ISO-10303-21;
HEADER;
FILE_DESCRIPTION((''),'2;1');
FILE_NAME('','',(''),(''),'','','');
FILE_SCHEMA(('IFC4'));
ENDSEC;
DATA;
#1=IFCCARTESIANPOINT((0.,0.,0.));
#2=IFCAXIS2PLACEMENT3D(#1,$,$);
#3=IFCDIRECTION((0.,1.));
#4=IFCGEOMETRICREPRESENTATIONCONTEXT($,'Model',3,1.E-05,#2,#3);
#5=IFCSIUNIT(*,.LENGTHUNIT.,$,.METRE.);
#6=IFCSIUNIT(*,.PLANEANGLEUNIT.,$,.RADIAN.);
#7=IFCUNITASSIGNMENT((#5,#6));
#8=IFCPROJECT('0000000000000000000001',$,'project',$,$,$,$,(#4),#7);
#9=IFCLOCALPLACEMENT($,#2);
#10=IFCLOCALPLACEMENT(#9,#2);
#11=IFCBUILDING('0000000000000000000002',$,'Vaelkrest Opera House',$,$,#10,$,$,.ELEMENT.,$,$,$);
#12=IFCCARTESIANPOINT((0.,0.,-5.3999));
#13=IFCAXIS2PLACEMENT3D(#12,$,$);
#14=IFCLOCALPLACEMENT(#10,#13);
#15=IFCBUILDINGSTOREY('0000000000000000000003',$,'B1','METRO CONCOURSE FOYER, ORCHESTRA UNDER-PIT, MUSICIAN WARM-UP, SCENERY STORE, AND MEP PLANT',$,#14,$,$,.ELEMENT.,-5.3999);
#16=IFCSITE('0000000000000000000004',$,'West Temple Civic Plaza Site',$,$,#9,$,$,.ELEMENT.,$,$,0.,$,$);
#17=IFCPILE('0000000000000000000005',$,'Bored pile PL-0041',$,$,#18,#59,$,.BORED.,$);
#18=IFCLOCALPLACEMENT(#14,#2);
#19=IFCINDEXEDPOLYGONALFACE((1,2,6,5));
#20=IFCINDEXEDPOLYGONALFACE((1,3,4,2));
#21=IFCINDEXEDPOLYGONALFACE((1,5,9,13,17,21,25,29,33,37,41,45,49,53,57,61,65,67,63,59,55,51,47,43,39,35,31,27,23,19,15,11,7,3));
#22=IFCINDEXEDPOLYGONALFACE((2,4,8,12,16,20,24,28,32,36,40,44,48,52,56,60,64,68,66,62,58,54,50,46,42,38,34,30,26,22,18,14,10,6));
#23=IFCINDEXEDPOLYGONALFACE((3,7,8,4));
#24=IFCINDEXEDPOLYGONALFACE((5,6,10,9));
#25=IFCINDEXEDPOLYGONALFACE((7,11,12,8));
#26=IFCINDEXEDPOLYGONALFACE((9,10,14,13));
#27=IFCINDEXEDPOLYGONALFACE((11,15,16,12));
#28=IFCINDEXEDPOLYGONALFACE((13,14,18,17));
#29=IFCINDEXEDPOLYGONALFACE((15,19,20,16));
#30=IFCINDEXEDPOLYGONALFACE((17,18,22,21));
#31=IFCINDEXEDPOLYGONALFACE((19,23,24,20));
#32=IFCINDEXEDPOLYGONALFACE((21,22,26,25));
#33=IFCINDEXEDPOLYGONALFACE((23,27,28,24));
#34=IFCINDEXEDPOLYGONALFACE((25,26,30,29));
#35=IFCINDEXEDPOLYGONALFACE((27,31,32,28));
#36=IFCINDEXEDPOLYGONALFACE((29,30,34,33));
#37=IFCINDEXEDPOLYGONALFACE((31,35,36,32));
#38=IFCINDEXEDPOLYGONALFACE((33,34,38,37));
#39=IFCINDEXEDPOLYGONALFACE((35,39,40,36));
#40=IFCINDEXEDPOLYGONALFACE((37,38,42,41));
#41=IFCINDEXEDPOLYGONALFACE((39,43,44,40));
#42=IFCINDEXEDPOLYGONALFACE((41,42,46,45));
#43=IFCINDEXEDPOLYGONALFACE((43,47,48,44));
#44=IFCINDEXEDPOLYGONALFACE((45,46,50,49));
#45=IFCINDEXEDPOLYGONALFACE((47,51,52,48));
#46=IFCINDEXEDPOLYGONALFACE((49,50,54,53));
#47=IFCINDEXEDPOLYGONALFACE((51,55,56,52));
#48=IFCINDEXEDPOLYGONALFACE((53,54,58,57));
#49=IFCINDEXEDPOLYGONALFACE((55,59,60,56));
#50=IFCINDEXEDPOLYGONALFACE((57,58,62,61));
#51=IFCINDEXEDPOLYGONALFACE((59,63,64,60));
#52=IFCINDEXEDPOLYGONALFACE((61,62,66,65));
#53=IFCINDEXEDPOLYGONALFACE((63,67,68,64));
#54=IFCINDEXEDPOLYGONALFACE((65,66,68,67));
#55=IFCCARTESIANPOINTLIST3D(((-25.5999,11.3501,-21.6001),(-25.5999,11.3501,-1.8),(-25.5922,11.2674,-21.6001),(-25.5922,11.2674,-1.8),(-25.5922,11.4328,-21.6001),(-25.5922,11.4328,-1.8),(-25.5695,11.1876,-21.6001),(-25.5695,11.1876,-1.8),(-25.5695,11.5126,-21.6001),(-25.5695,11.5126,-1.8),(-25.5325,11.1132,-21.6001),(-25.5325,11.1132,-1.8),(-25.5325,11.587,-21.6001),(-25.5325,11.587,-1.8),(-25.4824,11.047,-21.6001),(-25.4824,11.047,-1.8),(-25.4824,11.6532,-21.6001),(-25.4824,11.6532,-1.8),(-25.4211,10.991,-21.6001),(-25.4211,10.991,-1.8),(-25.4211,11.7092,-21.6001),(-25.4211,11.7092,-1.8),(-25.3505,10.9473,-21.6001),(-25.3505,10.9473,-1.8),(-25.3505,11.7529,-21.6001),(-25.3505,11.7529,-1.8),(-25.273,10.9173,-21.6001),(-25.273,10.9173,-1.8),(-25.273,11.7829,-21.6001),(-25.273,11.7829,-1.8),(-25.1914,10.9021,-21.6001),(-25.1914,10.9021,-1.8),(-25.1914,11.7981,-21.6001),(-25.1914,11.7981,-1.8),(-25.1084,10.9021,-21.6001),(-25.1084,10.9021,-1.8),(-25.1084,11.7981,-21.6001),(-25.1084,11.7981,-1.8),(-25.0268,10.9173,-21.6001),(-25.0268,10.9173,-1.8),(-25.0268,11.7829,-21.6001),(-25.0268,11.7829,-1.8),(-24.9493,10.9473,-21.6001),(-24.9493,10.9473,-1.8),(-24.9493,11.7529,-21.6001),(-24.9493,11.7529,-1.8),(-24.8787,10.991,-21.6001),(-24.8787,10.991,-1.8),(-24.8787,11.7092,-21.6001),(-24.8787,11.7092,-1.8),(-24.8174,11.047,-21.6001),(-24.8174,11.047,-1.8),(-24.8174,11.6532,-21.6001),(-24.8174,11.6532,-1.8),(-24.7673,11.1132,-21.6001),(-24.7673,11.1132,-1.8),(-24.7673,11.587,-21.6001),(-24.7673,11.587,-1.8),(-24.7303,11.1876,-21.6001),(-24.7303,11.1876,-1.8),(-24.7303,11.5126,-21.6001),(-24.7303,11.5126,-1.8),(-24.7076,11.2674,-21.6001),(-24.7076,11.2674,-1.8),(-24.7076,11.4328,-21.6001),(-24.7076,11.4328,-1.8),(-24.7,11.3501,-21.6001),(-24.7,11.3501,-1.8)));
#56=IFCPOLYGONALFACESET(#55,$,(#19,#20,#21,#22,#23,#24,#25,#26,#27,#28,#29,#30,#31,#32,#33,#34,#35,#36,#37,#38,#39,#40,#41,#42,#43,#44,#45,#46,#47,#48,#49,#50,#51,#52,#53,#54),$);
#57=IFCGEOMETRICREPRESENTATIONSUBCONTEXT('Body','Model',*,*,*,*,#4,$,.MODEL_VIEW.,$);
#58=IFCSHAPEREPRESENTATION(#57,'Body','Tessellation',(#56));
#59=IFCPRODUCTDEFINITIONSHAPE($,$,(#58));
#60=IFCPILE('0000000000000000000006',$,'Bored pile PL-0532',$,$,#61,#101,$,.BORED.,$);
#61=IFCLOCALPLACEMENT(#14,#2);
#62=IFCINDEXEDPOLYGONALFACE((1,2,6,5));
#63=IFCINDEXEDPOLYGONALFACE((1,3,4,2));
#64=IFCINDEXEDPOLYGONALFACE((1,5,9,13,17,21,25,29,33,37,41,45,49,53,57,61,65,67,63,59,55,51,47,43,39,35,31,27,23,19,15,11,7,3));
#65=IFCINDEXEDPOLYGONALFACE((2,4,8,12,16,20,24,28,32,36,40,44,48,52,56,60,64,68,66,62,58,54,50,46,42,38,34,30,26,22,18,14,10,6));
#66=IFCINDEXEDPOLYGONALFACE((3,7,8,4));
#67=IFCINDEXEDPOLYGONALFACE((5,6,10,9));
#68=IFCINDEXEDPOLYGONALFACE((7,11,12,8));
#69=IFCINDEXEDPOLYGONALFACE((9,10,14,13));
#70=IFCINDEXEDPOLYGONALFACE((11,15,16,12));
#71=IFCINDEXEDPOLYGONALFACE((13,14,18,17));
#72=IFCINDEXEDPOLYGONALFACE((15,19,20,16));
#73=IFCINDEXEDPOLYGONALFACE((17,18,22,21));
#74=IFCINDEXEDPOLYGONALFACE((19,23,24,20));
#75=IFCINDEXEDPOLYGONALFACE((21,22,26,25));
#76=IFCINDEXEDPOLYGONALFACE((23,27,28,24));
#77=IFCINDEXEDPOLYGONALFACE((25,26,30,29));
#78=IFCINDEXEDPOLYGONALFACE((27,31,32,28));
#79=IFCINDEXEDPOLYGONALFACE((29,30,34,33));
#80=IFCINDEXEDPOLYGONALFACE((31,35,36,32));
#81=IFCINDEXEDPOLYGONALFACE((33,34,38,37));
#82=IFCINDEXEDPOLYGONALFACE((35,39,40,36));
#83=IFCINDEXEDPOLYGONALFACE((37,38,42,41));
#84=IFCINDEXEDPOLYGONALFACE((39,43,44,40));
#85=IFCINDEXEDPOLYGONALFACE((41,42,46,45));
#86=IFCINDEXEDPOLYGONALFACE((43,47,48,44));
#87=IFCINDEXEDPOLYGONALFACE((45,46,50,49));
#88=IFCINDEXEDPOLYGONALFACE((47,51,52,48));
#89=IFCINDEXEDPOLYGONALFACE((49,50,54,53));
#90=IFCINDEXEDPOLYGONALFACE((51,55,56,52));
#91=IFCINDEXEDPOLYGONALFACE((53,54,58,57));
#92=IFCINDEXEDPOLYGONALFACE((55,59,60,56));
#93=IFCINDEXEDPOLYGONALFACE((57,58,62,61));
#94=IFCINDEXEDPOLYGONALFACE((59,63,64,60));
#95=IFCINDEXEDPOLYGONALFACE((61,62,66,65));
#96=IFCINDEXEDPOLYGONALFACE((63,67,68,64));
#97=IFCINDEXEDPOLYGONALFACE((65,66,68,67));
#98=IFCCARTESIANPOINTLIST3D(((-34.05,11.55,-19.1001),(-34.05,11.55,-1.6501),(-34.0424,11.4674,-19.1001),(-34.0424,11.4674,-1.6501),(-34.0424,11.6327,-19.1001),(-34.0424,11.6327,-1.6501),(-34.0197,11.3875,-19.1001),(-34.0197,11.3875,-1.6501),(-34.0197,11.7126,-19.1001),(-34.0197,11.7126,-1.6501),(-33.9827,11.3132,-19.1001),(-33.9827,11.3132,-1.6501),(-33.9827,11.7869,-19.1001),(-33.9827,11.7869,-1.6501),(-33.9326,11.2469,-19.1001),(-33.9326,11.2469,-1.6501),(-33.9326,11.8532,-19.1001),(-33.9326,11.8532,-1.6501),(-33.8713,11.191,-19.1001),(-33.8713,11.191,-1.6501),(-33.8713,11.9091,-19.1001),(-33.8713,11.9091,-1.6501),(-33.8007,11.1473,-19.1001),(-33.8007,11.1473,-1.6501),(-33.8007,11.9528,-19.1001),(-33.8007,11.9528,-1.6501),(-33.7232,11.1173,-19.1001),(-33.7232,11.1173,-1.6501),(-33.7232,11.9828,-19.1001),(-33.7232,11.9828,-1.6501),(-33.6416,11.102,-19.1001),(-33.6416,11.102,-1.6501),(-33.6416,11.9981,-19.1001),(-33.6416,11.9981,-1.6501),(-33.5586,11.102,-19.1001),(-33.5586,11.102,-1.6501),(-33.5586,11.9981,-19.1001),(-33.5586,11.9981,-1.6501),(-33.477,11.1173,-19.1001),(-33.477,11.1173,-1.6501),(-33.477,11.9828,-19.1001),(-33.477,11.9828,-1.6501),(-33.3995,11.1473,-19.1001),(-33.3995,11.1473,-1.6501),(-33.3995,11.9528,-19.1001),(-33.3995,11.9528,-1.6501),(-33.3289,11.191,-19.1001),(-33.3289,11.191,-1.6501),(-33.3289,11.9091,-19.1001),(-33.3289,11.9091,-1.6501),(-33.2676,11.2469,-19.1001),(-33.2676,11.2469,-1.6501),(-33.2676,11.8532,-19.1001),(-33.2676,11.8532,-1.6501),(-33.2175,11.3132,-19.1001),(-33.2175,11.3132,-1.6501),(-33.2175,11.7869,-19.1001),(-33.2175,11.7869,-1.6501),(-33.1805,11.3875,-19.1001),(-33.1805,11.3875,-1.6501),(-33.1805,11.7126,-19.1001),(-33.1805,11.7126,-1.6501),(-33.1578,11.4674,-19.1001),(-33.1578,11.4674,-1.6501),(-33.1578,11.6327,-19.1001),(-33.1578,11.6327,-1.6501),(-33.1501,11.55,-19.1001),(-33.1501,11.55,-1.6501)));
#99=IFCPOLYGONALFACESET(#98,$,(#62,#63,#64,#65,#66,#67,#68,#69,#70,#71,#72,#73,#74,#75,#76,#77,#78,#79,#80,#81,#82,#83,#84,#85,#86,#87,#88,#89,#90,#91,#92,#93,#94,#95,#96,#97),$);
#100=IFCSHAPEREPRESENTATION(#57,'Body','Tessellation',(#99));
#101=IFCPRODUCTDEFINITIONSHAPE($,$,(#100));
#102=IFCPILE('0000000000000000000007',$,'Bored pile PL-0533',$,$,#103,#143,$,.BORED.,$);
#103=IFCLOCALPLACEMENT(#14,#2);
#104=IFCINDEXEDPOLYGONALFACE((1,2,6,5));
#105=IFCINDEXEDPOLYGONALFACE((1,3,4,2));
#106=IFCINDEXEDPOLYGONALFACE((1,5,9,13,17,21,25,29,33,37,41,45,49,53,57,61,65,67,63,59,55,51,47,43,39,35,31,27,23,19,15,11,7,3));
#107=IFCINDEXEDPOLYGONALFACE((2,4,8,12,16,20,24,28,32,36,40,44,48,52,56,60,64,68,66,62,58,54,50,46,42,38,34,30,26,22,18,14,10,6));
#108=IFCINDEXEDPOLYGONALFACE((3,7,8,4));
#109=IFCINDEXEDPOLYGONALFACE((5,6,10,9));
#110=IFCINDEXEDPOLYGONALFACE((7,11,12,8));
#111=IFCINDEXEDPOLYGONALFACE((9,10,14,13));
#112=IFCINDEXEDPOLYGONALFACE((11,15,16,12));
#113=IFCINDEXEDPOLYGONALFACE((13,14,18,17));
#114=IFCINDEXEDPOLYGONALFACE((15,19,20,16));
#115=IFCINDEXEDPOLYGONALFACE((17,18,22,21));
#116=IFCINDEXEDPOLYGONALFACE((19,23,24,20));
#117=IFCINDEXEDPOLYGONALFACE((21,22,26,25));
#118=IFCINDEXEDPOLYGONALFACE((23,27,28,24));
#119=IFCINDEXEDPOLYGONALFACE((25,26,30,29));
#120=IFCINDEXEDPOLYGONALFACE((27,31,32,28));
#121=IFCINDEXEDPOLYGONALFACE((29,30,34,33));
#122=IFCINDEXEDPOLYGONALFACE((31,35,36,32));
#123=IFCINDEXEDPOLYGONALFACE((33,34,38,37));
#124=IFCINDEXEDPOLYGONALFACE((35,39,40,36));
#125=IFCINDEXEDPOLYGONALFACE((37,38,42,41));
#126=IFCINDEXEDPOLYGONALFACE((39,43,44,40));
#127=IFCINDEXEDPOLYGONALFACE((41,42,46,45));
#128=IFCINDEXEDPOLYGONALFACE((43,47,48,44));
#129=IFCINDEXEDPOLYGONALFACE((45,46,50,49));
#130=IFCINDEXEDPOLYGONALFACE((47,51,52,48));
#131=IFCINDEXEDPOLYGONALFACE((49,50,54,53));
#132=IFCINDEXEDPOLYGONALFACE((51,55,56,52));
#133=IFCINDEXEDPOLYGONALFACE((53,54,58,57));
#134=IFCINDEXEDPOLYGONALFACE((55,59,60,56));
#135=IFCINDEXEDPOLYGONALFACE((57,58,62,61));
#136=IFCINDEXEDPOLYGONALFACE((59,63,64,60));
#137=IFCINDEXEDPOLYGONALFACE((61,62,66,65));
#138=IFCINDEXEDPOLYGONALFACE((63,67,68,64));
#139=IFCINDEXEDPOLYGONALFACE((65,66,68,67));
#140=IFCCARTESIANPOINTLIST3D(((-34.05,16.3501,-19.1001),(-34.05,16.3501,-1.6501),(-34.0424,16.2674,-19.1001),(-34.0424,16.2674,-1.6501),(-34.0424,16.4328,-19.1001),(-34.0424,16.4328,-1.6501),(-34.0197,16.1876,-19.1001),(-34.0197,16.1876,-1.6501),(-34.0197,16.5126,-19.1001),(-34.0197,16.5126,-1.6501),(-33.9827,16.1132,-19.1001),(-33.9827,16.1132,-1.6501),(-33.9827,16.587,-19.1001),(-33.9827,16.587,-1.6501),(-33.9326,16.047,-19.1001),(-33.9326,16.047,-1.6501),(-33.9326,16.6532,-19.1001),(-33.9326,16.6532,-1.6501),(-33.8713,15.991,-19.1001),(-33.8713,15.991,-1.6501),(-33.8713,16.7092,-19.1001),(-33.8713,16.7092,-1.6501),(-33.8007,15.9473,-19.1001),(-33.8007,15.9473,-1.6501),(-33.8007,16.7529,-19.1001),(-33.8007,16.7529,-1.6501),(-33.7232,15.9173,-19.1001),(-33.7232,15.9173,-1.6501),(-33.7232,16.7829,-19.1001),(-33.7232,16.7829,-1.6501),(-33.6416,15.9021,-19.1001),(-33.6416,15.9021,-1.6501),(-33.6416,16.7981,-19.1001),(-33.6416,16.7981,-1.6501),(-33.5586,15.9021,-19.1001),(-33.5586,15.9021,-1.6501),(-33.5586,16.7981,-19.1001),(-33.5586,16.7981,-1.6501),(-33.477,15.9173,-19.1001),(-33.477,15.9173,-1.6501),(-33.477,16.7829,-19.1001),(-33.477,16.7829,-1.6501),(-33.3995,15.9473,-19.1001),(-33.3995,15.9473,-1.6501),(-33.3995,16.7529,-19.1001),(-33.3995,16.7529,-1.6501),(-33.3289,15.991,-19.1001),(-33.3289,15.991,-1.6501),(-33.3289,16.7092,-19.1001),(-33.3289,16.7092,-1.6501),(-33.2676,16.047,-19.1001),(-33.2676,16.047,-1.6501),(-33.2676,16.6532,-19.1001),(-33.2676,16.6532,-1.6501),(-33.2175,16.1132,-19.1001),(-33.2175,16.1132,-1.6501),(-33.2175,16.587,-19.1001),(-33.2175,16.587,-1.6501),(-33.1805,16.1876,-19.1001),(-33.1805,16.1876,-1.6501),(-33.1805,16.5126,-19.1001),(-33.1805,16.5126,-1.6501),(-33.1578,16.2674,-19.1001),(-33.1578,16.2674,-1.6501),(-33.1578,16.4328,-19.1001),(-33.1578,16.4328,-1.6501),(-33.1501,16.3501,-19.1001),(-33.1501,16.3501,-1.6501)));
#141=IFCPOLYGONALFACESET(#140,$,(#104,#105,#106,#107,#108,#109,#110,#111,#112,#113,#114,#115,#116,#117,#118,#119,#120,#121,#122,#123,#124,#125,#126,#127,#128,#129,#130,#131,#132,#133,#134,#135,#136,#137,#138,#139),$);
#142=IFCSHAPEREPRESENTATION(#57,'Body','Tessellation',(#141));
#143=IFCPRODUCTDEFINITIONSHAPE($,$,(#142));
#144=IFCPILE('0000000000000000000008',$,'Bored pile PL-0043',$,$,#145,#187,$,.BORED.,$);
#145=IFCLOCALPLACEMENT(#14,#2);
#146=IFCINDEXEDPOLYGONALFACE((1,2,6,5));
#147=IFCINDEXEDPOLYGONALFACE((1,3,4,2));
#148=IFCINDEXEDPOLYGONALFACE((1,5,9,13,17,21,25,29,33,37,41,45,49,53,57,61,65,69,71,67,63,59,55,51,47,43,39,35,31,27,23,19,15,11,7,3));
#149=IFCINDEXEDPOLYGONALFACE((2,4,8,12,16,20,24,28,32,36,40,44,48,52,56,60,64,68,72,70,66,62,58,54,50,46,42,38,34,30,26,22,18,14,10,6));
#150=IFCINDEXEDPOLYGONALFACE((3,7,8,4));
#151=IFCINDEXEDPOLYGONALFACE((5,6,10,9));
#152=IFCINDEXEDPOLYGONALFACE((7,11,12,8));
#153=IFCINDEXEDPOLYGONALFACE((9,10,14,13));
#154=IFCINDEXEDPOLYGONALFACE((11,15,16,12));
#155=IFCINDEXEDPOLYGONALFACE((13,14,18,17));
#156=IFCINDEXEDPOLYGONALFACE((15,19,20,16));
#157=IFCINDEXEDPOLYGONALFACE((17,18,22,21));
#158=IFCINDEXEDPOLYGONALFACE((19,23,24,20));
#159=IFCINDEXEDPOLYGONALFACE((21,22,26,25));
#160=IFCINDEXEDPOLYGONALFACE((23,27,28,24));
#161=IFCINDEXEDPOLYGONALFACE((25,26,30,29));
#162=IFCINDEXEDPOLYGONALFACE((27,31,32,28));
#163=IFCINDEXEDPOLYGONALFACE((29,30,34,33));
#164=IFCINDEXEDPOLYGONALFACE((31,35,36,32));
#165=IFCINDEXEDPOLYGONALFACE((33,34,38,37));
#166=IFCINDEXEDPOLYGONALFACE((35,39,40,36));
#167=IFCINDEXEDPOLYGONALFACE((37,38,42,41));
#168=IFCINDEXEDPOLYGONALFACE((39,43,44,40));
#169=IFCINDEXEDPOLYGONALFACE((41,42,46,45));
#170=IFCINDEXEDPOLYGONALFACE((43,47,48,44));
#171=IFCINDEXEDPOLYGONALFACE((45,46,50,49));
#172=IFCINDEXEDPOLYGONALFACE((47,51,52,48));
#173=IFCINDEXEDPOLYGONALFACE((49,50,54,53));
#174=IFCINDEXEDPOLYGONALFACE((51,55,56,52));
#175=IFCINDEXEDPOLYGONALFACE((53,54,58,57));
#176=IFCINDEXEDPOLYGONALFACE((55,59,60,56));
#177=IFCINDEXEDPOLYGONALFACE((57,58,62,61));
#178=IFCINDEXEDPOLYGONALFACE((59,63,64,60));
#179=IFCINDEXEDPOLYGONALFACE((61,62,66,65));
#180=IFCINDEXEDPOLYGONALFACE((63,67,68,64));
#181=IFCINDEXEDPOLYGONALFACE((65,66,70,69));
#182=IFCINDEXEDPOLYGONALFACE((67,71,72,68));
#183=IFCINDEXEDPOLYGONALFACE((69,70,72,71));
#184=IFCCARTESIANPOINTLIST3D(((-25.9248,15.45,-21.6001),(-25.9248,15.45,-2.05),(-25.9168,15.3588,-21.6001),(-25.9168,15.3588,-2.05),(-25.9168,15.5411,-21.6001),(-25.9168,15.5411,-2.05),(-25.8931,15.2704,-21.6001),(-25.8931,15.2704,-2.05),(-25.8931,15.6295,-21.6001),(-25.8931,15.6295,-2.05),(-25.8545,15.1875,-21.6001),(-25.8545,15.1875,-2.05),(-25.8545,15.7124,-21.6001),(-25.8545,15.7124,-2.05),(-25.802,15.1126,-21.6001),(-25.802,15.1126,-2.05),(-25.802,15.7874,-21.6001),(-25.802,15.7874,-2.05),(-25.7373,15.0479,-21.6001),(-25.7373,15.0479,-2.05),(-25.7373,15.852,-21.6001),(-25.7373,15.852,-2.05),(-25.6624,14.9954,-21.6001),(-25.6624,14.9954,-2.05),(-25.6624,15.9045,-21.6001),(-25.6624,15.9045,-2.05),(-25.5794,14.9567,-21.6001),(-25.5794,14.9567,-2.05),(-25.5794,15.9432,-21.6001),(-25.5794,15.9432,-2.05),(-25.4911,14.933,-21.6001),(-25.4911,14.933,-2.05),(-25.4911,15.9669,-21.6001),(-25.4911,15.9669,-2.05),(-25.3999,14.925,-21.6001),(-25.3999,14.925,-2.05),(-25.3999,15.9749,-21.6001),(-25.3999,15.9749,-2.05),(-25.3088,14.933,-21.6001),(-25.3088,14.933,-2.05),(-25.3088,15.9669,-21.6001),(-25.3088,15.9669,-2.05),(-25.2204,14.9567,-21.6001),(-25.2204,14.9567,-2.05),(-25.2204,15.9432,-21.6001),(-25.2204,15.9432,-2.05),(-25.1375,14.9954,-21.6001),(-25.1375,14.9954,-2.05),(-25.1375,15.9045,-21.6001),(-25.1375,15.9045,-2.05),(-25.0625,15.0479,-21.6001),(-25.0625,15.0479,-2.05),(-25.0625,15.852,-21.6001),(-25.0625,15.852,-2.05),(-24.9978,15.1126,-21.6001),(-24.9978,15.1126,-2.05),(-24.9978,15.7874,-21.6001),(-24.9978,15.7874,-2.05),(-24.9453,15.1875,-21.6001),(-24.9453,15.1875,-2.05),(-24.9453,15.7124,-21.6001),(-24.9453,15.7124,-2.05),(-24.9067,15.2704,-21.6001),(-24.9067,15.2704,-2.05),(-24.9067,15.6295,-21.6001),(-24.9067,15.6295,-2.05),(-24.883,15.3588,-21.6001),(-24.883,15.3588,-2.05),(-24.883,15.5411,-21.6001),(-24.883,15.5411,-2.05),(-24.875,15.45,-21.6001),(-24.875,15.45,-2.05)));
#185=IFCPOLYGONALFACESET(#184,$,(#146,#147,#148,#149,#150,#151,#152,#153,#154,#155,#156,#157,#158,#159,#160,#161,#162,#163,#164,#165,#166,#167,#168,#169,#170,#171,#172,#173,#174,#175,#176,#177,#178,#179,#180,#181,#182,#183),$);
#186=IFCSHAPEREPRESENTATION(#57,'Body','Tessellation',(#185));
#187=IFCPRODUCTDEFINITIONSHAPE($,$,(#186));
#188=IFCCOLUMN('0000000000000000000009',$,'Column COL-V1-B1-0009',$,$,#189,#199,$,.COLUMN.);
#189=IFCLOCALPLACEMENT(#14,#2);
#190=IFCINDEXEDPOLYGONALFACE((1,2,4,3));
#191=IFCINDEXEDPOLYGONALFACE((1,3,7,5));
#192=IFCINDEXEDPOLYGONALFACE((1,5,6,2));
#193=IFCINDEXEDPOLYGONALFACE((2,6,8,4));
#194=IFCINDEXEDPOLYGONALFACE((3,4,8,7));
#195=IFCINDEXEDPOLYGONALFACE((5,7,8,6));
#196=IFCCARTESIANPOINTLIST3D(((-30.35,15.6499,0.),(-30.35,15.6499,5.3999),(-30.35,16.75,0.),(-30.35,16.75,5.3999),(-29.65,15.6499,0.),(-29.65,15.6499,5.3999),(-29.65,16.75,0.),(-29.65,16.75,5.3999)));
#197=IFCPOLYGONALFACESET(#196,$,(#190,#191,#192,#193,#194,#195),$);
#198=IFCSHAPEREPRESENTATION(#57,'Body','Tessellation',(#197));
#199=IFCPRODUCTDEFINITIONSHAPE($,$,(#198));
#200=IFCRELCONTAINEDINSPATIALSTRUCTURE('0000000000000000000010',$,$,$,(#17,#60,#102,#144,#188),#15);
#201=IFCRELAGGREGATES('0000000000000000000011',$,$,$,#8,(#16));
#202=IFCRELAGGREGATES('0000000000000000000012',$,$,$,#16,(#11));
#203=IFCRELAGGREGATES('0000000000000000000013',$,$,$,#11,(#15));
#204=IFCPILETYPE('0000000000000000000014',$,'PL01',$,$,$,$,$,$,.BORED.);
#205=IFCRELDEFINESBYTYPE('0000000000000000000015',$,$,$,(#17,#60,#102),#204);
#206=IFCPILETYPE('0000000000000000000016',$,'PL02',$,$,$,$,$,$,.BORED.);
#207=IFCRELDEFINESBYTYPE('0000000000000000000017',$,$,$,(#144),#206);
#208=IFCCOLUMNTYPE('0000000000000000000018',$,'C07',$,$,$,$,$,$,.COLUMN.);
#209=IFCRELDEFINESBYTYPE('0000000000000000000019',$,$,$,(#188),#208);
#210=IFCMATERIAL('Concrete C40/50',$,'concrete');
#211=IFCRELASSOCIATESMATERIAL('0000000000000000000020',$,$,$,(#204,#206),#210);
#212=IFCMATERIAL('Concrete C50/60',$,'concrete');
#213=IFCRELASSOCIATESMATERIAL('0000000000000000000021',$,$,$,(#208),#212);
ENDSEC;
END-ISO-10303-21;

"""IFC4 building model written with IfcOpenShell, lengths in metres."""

from ifc_helpers import new_model, si_unit, direction, frame, origin, origin_2d, place, context, subcontext, project, spatial, rectangle, circle, extrude, material, material_profile, profile_set, type_object, element, save


model = new_model("IFC4")

# Units and contexts
model_context = context("Model", 3, precision=1e-05, world=origin(), true_north=direction((0.0, 1.0)))
body_context = subcontext(model_context, "Body", "Model", "MODEL_VIEW")
ifc_project = project(units=[si_unit("LENGTHUNIT", "METRE"), si_unit("PLANEANGLEUNIT", "RADIAN")], contexts=[model_context])

# Site, building, storey
site_placement = place(None, origin())
site = spatial("IfcSite", under=ifc_project, at=site_placement, Name="West Temple Civic Plaza Site", CompositionType="ELEMENT", RefElevation=0.0)
building_placement = place(site_placement, origin())
building = spatial("IfcBuilding", under=site, at=building_placement, Name="Vaelkrest Opera House", CompositionType="ELEMENT")
storey_placement = place(building_placement, frame((0.0, 0.0, -5.3999)))
storey = spatial("IfcBuildingStorey", under=building, at=storey_placement, Name="B1", Description="METRO CONCOURSE FOYER, ORCHESTRA UNDER-PIT, MUSICIAN WARM-UP, SCENERY STORE, AND MEP PLANT", CompositionType="ELEMENT", Elevation=-5.3999)

# Shared definitions
ifc_material_1 = material(Name="Concrete C40/50", Category="concrete")

# Piles
ifc_material_profile_1 = material_profile(ifc_material_1, circle(Radius=0.45, at=origin_2d()), Name="PILE900")
ifc_profile_set_1 = profile_set([ifc_material_profile_1], Name="Concrete C40/50")
pile_type_1 = type_object("IfcPileType", Name="PL01", PredefinedType="BORED", material=ifc_profile_set_1)
pile_1_placement = place(storey_placement, frame((-25.1499, 11.3501, -1.8), z_axis=(0.0, 0.0, -1.0), x_axis=(1.0, 0.0, 0.0)))
element("IfcPile", 1, at=pile_1_placement, inside=storey, type_object=pile_type_1, Name="Bored pile PL-0041", PredefinedType="BORED", context=body_context, shape_type="SweptSolid", body=[
    extrude(circle(Radius=0.45, at=origin_2d()), origin(), (0.0, 0.0, 1.0), 19.8),
])
for number, where, z_axis, x_axis, name in (
    (2, (-33.6001, 11.55, -1.6501), (0.0, 0.0, -1.0), (1.0, 0.0, 0.0), "Bored pile PL-0532"),
    (3, (-33.6001, 16.3501, -1.6501), (0.0, 0.0, -1.0), (1.0, 0.0, 0.0), "Bored pile PL-0533"),
):
    element("IfcPile", number, at=place(storey_placement, frame(where, z_axis=z_axis, x_axis=x_axis)), inside=storey, type_object=pile_type_1, Name=name, PredefinedType="BORED", context=body_context, shape_type="SweptSolid", body=[
        extrude(circle(Radius=0.45, at=origin_2d()), origin(), (0.0, 0.0, 1.0), 17.45),
    ])
ifc_material_profile_2 = material_profile(ifc_material_1, circle(Radius=0.5249, at=origin_2d()), Name="PILE1050")
ifc_profile_set_2 = profile_set([ifc_material_profile_2], Name="Concrete C40/50")
pile_type_2 = type_object("IfcPileType", Name="PL02", PredefinedType="BORED", material=ifc_profile_set_2)
pile_2_placement = place(storey_placement, frame((-25.3999, 15.45, -2.05), z_axis=(0.0, 0.0, -1.0), x_axis=(1.0, 0.0, 0.0)))
element("IfcPile", 4, at=pile_2_placement, inside=storey, type_object=pile_type_2, Name="Bored pile PL-0043", PredefinedType="BORED", context=body_context, shape_type="SweptSolid", body=[
    extrude(circle(Radius=0.5249, at=origin_2d()), origin(), (0.0, 0.0, 1.0), 19.55),
])

# Column
ifc_material_2 = material(Name="Concrete C50/60", Category="concrete")
ifc_material_profile_3 = material_profile(ifc_material_2, rectangle(XDim=0.7, YDim=1.1001, at=origin_2d()), Name="RC700X1100")
ifc_profile_set_3 = profile_set([ifc_material_profile_3], Name="Concrete C50/60")
column_type = type_object("IfcColumnType", Name="C07", PredefinedType="COLUMN", material=ifc_profile_set_3)
column_placement = place(storey_placement, frame((-30.0, 16.2, 0.0), z_axis=(0.0, 0.0, 1.0), x_axis=(1.0, 0.0, 0.0)))
element("IfcColumn", 5, at=column_placement, inside=storey, type_object=column_type, Name="Column COL-V1-B1-0009", PredefinedType="COLUMN", context=body_context, shape_type="SweptSolid", body=[
    extrude(rectangle(XDim=0.7, YDim=1.1001, at=origin_2d()), origin(), (0.0, 0.0, 1.0), 5.3999),
])

save(model, "model.ifc")
